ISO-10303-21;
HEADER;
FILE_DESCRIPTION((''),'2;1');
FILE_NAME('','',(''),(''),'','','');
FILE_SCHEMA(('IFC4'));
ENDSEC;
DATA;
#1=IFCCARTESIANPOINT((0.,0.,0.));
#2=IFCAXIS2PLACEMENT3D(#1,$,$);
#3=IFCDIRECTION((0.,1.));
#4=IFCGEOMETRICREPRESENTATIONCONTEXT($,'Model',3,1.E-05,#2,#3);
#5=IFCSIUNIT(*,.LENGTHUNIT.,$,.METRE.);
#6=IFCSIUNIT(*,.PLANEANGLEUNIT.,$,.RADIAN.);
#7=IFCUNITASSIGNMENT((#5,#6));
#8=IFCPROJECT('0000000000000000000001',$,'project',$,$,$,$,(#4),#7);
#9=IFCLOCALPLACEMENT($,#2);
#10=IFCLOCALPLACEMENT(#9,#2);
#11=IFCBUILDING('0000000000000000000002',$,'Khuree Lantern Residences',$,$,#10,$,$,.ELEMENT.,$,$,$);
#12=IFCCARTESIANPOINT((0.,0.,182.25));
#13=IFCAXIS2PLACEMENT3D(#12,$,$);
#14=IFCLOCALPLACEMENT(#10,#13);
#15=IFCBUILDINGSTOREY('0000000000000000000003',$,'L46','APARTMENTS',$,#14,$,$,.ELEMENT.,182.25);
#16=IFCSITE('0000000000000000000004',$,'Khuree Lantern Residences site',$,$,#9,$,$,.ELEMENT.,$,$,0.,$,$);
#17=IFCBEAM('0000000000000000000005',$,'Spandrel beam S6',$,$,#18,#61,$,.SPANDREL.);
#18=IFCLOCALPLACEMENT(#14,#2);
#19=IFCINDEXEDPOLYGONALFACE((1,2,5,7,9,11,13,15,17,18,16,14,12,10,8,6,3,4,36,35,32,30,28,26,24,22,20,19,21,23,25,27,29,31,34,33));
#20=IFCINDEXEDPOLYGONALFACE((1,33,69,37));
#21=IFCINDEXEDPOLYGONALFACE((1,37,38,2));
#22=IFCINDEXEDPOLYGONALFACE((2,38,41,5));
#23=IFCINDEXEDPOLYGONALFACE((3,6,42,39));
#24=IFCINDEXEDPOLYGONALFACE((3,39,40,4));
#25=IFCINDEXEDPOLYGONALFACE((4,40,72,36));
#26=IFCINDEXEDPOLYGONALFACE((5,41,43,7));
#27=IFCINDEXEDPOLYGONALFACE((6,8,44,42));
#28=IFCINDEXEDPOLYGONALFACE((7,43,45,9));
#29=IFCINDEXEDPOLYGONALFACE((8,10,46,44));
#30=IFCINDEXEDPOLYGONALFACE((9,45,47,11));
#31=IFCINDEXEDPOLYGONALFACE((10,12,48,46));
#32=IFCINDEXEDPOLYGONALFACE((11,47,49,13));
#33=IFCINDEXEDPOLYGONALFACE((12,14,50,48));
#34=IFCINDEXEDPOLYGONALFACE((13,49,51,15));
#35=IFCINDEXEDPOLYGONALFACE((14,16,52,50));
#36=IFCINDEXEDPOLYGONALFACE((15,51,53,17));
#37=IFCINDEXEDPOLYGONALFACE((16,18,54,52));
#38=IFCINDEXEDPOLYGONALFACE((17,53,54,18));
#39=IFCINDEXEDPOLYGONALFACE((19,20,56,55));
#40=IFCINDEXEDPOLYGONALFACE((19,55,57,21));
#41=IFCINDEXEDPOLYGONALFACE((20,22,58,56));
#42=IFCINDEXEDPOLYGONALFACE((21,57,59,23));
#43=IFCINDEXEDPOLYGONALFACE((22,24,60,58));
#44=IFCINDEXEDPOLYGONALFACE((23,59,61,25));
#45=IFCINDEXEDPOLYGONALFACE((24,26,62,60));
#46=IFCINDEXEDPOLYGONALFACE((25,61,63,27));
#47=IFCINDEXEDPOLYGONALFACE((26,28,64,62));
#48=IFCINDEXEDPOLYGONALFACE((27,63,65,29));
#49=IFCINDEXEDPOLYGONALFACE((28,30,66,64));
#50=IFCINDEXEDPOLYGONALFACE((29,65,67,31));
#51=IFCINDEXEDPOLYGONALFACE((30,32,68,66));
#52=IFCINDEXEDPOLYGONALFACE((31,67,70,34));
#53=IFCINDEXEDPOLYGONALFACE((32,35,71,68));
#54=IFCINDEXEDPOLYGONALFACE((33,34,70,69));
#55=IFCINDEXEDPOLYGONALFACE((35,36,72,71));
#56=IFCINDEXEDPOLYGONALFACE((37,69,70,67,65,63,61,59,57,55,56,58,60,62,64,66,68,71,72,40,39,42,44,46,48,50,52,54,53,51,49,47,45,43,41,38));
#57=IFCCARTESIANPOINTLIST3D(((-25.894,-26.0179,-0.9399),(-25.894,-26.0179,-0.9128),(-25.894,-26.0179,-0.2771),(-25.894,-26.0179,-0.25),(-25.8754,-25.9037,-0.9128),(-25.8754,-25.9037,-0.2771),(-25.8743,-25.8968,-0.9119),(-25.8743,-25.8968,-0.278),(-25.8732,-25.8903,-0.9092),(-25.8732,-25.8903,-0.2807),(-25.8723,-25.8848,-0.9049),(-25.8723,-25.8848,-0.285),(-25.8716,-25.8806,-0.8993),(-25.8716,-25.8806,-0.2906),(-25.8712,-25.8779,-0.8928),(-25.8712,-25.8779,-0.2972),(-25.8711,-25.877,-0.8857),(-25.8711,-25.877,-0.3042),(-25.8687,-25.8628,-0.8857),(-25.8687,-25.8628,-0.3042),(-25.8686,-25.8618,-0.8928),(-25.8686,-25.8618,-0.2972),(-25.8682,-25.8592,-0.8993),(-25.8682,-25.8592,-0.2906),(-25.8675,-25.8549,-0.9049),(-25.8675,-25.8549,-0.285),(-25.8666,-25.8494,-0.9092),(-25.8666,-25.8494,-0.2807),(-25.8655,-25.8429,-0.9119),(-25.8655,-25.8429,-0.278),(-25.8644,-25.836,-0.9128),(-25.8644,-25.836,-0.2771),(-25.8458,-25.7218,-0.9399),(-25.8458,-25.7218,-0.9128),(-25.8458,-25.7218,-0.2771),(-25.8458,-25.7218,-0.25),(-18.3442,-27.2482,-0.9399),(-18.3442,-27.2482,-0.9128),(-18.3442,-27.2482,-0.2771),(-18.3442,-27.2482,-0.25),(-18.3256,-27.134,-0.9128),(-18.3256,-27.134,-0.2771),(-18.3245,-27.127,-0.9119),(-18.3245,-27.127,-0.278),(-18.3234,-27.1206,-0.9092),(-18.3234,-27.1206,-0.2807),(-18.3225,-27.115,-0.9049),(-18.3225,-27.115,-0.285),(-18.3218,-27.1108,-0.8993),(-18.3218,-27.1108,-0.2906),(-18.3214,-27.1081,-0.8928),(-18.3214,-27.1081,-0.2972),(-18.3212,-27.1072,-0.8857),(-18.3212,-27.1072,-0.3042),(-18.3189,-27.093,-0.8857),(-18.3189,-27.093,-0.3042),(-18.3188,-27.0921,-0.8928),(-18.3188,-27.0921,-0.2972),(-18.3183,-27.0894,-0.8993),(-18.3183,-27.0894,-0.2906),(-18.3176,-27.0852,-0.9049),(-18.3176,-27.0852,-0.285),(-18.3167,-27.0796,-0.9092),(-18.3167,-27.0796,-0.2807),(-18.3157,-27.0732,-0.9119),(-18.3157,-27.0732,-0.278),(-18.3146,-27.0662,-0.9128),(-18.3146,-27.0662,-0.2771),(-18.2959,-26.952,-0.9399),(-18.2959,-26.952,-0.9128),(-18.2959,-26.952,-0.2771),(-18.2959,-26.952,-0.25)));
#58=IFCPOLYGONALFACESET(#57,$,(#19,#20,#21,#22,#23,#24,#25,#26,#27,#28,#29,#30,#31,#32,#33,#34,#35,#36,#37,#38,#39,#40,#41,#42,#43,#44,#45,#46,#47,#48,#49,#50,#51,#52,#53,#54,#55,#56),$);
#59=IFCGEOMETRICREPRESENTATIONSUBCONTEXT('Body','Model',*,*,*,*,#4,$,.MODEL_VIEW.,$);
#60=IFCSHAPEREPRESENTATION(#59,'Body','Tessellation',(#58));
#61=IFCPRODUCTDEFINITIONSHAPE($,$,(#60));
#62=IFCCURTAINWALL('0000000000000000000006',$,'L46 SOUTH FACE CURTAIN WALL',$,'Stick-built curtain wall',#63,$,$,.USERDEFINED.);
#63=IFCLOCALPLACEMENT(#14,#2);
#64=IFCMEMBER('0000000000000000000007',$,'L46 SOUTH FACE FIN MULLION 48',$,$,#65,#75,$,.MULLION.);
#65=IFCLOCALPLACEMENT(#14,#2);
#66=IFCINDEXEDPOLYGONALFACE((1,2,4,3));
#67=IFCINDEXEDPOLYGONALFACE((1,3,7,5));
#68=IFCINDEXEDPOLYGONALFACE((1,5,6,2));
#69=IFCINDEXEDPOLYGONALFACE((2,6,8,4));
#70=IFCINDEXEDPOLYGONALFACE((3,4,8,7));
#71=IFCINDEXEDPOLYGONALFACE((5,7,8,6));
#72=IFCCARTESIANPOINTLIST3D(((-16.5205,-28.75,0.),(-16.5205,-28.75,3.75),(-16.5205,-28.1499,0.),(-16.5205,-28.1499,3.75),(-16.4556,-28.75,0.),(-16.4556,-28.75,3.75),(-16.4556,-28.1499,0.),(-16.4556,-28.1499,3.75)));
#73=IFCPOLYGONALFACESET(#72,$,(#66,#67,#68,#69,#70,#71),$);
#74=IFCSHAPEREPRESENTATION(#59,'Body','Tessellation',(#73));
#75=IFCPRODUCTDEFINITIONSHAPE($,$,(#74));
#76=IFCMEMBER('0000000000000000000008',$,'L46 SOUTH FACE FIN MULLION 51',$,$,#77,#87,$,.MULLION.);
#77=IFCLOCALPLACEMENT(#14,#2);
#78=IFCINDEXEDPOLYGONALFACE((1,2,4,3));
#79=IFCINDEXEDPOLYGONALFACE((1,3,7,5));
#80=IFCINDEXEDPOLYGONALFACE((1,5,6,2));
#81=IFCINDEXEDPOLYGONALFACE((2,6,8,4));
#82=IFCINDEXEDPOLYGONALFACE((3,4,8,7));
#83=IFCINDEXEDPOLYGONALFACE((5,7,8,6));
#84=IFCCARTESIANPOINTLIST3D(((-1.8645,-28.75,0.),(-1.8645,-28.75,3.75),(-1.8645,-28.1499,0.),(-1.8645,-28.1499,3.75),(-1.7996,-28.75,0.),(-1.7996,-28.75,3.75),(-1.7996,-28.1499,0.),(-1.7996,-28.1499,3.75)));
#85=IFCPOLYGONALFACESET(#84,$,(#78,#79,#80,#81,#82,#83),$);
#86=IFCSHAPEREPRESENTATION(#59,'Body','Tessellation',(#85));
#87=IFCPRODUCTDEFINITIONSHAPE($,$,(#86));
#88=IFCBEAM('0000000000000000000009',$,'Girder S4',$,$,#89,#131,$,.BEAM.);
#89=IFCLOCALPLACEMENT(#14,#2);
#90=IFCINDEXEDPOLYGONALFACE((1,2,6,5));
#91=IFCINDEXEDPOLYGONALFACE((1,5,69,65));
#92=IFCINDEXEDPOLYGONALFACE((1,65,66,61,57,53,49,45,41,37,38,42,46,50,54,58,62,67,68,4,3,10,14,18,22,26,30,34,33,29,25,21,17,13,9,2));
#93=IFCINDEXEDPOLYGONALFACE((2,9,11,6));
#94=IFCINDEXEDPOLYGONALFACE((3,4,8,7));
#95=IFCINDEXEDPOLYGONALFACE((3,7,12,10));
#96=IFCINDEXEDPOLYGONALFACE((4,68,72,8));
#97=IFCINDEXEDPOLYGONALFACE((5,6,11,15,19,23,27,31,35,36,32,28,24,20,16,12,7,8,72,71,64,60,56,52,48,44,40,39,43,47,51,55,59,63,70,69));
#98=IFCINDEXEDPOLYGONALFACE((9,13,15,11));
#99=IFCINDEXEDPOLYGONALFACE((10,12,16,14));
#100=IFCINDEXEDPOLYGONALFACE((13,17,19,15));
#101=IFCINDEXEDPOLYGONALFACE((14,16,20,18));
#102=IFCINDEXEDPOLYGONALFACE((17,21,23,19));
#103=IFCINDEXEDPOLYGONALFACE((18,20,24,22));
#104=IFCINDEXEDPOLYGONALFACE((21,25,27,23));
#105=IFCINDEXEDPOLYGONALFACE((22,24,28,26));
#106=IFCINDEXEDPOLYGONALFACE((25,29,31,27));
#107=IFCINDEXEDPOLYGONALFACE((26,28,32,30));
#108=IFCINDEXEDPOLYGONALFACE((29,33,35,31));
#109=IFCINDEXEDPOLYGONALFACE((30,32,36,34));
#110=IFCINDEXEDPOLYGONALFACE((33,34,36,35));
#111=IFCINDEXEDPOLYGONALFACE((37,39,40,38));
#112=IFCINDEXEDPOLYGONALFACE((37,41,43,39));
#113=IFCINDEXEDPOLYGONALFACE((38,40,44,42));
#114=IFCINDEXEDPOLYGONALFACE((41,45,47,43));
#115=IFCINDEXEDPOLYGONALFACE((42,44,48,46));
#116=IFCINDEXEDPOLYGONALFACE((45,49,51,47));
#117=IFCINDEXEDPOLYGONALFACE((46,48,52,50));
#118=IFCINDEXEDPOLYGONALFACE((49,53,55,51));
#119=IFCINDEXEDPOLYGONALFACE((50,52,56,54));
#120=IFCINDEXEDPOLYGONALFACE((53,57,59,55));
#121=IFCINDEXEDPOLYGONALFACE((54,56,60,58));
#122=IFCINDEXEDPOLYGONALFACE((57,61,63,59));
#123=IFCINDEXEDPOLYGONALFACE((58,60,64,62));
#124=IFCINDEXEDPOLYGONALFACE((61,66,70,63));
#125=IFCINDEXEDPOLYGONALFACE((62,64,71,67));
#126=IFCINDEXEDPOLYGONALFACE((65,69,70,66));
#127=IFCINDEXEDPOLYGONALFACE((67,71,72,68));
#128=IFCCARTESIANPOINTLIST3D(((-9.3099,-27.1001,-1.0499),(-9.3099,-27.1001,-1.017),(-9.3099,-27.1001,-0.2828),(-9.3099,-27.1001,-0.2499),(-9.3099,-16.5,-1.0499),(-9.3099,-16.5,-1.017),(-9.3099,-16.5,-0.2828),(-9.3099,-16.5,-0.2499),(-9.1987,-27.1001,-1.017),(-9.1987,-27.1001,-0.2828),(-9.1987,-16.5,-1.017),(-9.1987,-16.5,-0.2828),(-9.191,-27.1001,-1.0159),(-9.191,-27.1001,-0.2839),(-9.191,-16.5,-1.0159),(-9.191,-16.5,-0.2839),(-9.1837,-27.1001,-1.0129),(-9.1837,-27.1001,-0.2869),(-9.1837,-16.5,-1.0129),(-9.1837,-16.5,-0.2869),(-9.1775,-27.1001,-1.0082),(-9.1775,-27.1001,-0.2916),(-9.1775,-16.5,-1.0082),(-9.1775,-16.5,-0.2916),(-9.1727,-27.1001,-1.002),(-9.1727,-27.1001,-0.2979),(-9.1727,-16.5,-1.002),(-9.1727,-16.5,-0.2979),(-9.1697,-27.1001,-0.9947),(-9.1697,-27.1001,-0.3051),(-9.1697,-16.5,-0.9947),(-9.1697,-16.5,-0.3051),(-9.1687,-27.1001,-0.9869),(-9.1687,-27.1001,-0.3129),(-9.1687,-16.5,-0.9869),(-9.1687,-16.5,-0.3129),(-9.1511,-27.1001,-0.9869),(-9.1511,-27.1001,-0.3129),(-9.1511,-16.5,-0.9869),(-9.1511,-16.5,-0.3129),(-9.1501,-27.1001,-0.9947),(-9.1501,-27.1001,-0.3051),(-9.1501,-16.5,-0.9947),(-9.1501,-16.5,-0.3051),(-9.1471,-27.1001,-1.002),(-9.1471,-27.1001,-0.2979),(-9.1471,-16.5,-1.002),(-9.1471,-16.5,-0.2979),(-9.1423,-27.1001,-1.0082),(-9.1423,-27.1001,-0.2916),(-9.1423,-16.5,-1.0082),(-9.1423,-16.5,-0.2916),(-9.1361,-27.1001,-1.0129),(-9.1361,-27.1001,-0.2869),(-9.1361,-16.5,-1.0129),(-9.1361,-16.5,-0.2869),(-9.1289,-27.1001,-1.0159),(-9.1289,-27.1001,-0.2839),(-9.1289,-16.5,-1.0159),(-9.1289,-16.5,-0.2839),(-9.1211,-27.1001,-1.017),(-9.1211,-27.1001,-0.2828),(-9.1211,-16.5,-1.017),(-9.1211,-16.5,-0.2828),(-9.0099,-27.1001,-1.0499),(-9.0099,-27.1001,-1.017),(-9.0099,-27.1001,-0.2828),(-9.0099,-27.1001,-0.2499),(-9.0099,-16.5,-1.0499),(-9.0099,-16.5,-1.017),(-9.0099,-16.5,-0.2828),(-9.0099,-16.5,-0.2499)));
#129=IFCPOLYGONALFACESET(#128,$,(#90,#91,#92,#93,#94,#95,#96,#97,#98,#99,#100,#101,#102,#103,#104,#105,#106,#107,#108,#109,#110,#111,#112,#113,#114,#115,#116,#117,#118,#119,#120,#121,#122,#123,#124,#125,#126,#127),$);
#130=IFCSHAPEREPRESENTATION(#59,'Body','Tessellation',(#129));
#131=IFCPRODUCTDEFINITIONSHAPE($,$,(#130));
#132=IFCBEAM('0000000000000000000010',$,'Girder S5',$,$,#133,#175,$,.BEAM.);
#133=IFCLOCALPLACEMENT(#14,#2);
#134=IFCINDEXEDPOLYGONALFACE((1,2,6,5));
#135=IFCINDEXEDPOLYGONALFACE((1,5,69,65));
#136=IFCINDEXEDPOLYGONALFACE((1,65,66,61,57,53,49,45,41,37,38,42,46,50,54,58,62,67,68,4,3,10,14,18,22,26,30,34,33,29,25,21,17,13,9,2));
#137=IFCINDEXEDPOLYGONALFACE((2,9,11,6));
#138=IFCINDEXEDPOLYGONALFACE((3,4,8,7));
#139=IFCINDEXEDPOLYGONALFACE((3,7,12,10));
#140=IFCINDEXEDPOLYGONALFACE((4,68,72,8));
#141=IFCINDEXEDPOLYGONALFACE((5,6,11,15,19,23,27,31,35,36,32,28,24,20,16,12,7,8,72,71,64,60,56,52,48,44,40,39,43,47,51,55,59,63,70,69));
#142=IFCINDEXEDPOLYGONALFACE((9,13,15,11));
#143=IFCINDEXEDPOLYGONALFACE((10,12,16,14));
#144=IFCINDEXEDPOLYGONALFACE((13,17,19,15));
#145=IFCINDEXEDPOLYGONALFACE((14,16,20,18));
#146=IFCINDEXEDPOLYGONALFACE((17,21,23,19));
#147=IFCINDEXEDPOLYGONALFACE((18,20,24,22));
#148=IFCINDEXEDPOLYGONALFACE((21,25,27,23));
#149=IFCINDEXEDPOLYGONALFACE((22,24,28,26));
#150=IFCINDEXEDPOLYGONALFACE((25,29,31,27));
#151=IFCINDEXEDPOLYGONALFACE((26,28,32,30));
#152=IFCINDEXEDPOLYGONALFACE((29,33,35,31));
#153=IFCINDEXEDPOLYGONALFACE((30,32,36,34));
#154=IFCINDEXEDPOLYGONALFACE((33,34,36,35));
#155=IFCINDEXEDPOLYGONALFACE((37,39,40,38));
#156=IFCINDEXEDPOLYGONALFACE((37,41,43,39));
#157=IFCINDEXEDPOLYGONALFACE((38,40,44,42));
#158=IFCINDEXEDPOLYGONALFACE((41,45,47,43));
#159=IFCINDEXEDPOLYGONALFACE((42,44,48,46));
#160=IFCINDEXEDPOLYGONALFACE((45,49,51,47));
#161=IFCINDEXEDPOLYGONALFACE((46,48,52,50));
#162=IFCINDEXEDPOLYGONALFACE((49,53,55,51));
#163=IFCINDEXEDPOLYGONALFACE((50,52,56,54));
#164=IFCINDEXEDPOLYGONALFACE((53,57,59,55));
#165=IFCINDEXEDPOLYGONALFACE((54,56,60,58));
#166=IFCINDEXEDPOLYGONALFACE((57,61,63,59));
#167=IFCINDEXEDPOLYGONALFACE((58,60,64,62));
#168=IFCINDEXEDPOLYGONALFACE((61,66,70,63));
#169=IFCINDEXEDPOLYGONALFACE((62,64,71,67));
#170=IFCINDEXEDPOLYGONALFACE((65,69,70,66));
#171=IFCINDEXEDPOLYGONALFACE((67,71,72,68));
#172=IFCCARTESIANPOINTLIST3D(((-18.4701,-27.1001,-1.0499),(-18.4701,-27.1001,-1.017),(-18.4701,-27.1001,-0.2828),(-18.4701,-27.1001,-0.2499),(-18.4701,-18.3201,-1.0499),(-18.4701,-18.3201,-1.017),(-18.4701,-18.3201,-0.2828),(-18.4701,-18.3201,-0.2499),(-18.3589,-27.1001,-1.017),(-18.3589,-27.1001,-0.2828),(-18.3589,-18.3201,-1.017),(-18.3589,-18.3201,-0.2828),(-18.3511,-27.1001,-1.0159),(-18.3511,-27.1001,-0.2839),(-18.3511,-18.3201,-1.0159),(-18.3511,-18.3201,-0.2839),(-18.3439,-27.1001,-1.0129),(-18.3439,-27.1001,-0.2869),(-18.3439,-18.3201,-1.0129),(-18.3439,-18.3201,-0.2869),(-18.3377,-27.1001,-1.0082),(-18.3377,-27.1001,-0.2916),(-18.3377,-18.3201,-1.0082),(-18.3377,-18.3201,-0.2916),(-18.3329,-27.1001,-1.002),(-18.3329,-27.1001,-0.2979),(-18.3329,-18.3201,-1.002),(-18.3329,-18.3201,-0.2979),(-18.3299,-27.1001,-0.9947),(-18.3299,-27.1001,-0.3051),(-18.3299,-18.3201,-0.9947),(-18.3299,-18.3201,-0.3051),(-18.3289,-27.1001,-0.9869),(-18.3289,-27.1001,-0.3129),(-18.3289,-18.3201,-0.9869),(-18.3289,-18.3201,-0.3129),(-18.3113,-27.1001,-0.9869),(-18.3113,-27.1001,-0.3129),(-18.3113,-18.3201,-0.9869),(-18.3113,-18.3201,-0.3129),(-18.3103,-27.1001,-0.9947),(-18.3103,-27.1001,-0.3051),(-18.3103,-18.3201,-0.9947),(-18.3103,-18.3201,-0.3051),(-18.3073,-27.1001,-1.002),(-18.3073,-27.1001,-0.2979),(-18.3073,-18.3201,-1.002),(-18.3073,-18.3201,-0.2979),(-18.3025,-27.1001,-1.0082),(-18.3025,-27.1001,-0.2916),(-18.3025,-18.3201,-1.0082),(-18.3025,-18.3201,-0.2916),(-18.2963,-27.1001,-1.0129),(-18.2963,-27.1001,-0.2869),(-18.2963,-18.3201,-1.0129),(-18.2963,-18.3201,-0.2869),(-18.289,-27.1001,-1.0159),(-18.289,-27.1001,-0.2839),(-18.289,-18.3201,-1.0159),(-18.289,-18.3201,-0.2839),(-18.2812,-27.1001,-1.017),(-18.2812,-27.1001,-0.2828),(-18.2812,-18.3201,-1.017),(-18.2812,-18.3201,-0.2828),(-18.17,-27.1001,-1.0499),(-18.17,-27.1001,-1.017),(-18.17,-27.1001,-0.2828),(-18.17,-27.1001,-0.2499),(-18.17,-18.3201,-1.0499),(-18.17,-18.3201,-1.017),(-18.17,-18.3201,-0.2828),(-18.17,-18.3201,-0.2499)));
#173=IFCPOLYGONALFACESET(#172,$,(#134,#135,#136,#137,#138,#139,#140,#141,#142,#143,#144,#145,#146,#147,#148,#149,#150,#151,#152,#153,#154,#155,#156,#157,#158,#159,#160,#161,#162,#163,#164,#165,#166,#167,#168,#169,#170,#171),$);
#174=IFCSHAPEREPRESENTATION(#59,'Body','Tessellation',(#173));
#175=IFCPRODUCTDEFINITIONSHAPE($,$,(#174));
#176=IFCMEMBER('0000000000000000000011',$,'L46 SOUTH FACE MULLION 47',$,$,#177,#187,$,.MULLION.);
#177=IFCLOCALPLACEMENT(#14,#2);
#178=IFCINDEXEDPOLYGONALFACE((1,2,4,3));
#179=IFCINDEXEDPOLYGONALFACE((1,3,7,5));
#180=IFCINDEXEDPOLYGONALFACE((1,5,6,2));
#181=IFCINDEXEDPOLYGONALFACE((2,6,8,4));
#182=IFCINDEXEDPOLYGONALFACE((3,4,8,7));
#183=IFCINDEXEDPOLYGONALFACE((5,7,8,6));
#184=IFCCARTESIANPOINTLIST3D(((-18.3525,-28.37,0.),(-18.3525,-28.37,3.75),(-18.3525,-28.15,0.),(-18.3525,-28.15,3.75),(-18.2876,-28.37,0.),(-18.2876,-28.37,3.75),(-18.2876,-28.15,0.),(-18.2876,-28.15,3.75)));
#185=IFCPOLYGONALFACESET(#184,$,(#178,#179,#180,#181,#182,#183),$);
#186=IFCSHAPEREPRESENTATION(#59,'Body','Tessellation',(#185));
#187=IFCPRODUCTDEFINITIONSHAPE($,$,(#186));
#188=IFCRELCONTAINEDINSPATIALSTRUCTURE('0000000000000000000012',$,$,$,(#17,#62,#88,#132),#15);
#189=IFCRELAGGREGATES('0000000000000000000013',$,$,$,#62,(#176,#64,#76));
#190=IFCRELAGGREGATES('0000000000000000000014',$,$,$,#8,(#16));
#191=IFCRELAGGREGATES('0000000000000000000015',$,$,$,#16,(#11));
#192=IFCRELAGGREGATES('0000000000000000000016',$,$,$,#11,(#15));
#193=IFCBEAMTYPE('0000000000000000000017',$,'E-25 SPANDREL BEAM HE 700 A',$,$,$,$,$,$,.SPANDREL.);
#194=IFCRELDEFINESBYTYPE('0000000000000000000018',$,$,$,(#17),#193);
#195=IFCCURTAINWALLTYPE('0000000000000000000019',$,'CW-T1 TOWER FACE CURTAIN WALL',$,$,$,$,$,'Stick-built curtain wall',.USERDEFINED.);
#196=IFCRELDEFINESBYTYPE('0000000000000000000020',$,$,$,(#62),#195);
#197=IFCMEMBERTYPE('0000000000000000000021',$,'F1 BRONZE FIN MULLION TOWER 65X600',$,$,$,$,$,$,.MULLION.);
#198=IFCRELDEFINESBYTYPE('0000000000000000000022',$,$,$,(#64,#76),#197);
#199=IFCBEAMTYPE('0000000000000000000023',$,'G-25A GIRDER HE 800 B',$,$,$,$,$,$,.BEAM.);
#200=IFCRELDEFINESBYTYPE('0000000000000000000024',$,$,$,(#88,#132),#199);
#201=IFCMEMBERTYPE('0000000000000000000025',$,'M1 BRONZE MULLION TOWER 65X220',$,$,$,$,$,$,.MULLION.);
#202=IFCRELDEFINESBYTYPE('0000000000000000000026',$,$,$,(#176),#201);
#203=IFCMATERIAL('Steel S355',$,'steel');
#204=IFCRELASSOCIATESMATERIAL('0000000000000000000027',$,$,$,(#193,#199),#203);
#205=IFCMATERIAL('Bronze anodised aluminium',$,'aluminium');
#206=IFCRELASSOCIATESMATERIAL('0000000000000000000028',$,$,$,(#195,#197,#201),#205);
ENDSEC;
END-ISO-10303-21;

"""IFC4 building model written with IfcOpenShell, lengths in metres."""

from ifc_helpers import new_model, si_unit, direction, frame, origin, origin_2d, place, context, subcontext, project, spatial, rectangle, i_section, extrude, material, material_profile, profile_set, type_object, element, aggregate, save


model = new_model("IFC4")

# Units and contexts
model_context = context("Model", 3, precision=1e-05, world=origin(), true_north=direction((0.0, 1.0)))
body_context = subcontext(model_context, "Body", "Model", "MODEL_VIEW")
ifc_project = project(units=[si_unit("LENGTHUNIT", "METRE"), si_unit("PLANEANGLEUNIT", "RADIAN")], contexts=[model_context])

# Site, building, storey
site_placement = place(None, origin())
site = spatial("IfcSite", under=ifc_project, at=site_placement, Name="Khuree Lantern Residences site", CompositionType="ELEMENT", RefElevation=0.0)
building_placement = place(site_placement, origin())
building = spatial("IfcBuilding", under=site, at=building_placement, Name="Khuree Lantern Residences", CompositionType="ELEMENT")
storey_placement = place(building_placement, frame((0.0, 0.0, 182.25)))
storey = spatial("IfcBuildingStorey", under=building, at=storey_placement, Name="L46", Description="APARTMENTS", CompositionType="ELEMENT", Elevation=182.25)

# Beam
ifc_material_1 = material(Name="Steel S355", Category="steel")
ifc_material_profile_1 = material_profile(ifc_material_1, i_section(OverallWidth=0.3, OverallDepth=0.6899, WebThickness=0.0144, FlangeThickness=0.0271, FilletRadius=0.0271, at=origin_2d()), Name="HE 700 A")
ifc_profile_set_1 = profile_set([ifc_material_profile_1], Name="Steel S355")
beam_type_1 = type_object("IfcBeamType", Name="E-25 SPANDREL BEAM HE 700 A", PredefinedType="SPANDREL", material=ifc_profile_set_1)
beam_1_placement = place(storey_placement, frame((-18.3201, -27.1001, -0.595), z_axis=(-0.986983, 0.160827, 0.0), x_axis=(-0.160827, -0.986983, 0.0)))
element("IfcBeam", 1, at=beam_1_placement, inside=storey, type_object=beam_type_1, Name="Spandrel beam S6", PredefinedType="SPANDREL", context=body_context, shape_type="SweptSolid", body=[
    extrude(i_section(OverallWidth=0.3, OverallDepth=0.6899, WebThickness=0.0144, FlangeThickness=0.0271, FilletRadius=0.0271, at=origin_2d()), origin(), (0.0, 0.0, 1.0), 7.6494),
])

# Curtain wall, members
ifc_material_2 = material(Name="Bronze anodised aluminium", Category="aluminium")
curtain_wall_type = type_object("IfcCurtainWallType", Name="CW-T1 TOWER FACE CURTAIN WALL", ElementType="Stick-built curtain wall", PredefinedType="USERDEFINED", material=ifc_material_2)
curtain_wall_placement = place(storey_placement, origin())
curtain_wall = element("IfcCurtainWall", 2, at=curtain_wall_placement, inside=storey, type_object=curtain_wall_type, Name="L46 SOUTH FACE CURTAIN WALL", ObjectType="Stick-built curtain wall", PredefinedType="USERDEFINED")
ifc_material_profile_2 = material_profile(ifc_material_2, rectangle(XDim=0.0649, YDim=0.6001, at=origin_2d()), Name="F1 65X600")
ifc_profile_set_2 = profile_set([ifc_material_profile_2], Name="Bronze anodised aluminium")
member_type_1 = type_object("IfcMemberType", Name="F1 BRONZE FIN MULLION TOWER 65X600", PredefinedType="MULLION", material=ifc_profile_set_2)
member_1_placement = place(storey_placement, frame((-16.488, -28.45, 0.0), z_axis=(0.0, 0.0, 1.0), x_axis=(1.0, 0.0, 0.0)))
member_1 = element("IfcMember", 3, at=member_1_placement, type_object=member_type_1, Name="L46 SOUTH FACE FIN MULLION 48", PredefinedType="MULLION", context=body_context, shape_type="SweptSolid", body=[
    extrude(rectangle(XDim=0.0649, YDim=0.6001, at=origin_2d()), origin(), (0.0, 0.0, 1.0), 3.75),
])
member_2_placement = place(storey_placement, frame((-1.832, -28.45, 0.0), z_axis=(0.0, 0.0, 1.0), x_axis=(1.0, 0.0, 0.0)))
member_2 = element("IfcMember", 4, at=member_2_placement, type_object=member_type_1, Name="L46 SOUTH FACE FIN MULLION 51", PredefinedType="MULLION", context=body_context, shape_type="SweptSolid", body=[
    extrude(rectangle(XDim=0.0649, YDim=0.6001, at=origin_2d()), origin(), (0.0, 0.0, 1.0), 3.75),
])

# Beams
ifc_material_profile_3 = material_profile(ifc_material_1, i_section(OverallWidth=0.3, OverallDepth=0.8, WebThickness=0.0176, FlangeThickness=0.033, FilletRadius=0.03, at=origin_2d()), Name="HE 800 B")
ifc_profile_set_3 = profile_set([ifc_material_profile_3], Name="Steel S355")
beam_type_2 = type_object("IfcBeamType", Name="G-25A GIRDER HE 800 B", PredefinedType="BEAM", material=ifc_profile_set_3)
beam_2_placement = place(storey_placement, frame((-9.1599, -27.1001, -0.6499), z_axis=(0.0, 1.0, 0.0), x_axis=(-1.0, 0.0, 0.0)))
element("IfcBeam", 5, at=beam_2_placement, inside=storey, type_object=beam_type_2, Name="Girder S4", PredefinedType="BEAM", context=body_context, shape_type="SweptSolid", body=[
    extrude(i_section(OverallWidth=0.3, OverallDepth=0.8, WebThickness=0.0176, FlangeThickness=0.033, FilletRadius=0.03, at=origin_2d()), origin(), (0.0, 0.0, 1.0), 10.6001),
])
beam_3_placement = place(storey_placement, frame((-18.3201, -27.1001, -0.6499), z_axis=(0.0, 1.0, 0.0), x_axis=(-1.0, 0.0, 0.0)))
element("IfcBeam", 6, at=beam_3_placement, inside=storey, type_object=beam_type_2, Name="Girder S5", PredefinedType="BEAM", context=body_context, shape_type="SweptSolid", body=[
    extrude(i_section(OverallWidth=0.3, OverallDepth=0.8, WebThickness=0.0176, FlangeThickness=0.033, FilletRadius=0.03, at=origin_2d()), origin(), (0.0, 0.0, 1.0), 8.78),
])

# Member
ifc_material_profile_4 = material_profile(ifc_material_2, rectangle(XDim=0.0649, YDim=0.22, at=origin_2d()), Name="M1 65X220")
ifc_profile_set_4 = profile_set([ifc_material_profile_4], Name="Bronze anodised aluminium")
member_type_2 = type_object("IfcMemberType", Name="M1 BRONZE MULLION TOWER 65X220", PredefinedType="MULLION", material=ifc_profile_set_4)
member_3_placement = place(storey_placement, frame((-18.3201, -28.26, 0.0), z_axis=(0.0, 0.0, 1.0), x_axis=(1.0, 0.0, 0.0)))
member_3 = element("IfcMember", 7, at=member_3_placement, type_object=member_type_2, Name="L46 SOUTH FACE MULLION 47", PredefinedType="MULLION", context=body_context, shape_type="SweptSolid", body=[
    extrude(rectangle(XDim=0.0649, YDim=0.22, at=origin_2d()), origin(), (0.0, 0.0, 1.0), 3.75),
])

aggregate(curtain_wall, [member_3, member_1, member_2])

save(model, "model.ifc")
